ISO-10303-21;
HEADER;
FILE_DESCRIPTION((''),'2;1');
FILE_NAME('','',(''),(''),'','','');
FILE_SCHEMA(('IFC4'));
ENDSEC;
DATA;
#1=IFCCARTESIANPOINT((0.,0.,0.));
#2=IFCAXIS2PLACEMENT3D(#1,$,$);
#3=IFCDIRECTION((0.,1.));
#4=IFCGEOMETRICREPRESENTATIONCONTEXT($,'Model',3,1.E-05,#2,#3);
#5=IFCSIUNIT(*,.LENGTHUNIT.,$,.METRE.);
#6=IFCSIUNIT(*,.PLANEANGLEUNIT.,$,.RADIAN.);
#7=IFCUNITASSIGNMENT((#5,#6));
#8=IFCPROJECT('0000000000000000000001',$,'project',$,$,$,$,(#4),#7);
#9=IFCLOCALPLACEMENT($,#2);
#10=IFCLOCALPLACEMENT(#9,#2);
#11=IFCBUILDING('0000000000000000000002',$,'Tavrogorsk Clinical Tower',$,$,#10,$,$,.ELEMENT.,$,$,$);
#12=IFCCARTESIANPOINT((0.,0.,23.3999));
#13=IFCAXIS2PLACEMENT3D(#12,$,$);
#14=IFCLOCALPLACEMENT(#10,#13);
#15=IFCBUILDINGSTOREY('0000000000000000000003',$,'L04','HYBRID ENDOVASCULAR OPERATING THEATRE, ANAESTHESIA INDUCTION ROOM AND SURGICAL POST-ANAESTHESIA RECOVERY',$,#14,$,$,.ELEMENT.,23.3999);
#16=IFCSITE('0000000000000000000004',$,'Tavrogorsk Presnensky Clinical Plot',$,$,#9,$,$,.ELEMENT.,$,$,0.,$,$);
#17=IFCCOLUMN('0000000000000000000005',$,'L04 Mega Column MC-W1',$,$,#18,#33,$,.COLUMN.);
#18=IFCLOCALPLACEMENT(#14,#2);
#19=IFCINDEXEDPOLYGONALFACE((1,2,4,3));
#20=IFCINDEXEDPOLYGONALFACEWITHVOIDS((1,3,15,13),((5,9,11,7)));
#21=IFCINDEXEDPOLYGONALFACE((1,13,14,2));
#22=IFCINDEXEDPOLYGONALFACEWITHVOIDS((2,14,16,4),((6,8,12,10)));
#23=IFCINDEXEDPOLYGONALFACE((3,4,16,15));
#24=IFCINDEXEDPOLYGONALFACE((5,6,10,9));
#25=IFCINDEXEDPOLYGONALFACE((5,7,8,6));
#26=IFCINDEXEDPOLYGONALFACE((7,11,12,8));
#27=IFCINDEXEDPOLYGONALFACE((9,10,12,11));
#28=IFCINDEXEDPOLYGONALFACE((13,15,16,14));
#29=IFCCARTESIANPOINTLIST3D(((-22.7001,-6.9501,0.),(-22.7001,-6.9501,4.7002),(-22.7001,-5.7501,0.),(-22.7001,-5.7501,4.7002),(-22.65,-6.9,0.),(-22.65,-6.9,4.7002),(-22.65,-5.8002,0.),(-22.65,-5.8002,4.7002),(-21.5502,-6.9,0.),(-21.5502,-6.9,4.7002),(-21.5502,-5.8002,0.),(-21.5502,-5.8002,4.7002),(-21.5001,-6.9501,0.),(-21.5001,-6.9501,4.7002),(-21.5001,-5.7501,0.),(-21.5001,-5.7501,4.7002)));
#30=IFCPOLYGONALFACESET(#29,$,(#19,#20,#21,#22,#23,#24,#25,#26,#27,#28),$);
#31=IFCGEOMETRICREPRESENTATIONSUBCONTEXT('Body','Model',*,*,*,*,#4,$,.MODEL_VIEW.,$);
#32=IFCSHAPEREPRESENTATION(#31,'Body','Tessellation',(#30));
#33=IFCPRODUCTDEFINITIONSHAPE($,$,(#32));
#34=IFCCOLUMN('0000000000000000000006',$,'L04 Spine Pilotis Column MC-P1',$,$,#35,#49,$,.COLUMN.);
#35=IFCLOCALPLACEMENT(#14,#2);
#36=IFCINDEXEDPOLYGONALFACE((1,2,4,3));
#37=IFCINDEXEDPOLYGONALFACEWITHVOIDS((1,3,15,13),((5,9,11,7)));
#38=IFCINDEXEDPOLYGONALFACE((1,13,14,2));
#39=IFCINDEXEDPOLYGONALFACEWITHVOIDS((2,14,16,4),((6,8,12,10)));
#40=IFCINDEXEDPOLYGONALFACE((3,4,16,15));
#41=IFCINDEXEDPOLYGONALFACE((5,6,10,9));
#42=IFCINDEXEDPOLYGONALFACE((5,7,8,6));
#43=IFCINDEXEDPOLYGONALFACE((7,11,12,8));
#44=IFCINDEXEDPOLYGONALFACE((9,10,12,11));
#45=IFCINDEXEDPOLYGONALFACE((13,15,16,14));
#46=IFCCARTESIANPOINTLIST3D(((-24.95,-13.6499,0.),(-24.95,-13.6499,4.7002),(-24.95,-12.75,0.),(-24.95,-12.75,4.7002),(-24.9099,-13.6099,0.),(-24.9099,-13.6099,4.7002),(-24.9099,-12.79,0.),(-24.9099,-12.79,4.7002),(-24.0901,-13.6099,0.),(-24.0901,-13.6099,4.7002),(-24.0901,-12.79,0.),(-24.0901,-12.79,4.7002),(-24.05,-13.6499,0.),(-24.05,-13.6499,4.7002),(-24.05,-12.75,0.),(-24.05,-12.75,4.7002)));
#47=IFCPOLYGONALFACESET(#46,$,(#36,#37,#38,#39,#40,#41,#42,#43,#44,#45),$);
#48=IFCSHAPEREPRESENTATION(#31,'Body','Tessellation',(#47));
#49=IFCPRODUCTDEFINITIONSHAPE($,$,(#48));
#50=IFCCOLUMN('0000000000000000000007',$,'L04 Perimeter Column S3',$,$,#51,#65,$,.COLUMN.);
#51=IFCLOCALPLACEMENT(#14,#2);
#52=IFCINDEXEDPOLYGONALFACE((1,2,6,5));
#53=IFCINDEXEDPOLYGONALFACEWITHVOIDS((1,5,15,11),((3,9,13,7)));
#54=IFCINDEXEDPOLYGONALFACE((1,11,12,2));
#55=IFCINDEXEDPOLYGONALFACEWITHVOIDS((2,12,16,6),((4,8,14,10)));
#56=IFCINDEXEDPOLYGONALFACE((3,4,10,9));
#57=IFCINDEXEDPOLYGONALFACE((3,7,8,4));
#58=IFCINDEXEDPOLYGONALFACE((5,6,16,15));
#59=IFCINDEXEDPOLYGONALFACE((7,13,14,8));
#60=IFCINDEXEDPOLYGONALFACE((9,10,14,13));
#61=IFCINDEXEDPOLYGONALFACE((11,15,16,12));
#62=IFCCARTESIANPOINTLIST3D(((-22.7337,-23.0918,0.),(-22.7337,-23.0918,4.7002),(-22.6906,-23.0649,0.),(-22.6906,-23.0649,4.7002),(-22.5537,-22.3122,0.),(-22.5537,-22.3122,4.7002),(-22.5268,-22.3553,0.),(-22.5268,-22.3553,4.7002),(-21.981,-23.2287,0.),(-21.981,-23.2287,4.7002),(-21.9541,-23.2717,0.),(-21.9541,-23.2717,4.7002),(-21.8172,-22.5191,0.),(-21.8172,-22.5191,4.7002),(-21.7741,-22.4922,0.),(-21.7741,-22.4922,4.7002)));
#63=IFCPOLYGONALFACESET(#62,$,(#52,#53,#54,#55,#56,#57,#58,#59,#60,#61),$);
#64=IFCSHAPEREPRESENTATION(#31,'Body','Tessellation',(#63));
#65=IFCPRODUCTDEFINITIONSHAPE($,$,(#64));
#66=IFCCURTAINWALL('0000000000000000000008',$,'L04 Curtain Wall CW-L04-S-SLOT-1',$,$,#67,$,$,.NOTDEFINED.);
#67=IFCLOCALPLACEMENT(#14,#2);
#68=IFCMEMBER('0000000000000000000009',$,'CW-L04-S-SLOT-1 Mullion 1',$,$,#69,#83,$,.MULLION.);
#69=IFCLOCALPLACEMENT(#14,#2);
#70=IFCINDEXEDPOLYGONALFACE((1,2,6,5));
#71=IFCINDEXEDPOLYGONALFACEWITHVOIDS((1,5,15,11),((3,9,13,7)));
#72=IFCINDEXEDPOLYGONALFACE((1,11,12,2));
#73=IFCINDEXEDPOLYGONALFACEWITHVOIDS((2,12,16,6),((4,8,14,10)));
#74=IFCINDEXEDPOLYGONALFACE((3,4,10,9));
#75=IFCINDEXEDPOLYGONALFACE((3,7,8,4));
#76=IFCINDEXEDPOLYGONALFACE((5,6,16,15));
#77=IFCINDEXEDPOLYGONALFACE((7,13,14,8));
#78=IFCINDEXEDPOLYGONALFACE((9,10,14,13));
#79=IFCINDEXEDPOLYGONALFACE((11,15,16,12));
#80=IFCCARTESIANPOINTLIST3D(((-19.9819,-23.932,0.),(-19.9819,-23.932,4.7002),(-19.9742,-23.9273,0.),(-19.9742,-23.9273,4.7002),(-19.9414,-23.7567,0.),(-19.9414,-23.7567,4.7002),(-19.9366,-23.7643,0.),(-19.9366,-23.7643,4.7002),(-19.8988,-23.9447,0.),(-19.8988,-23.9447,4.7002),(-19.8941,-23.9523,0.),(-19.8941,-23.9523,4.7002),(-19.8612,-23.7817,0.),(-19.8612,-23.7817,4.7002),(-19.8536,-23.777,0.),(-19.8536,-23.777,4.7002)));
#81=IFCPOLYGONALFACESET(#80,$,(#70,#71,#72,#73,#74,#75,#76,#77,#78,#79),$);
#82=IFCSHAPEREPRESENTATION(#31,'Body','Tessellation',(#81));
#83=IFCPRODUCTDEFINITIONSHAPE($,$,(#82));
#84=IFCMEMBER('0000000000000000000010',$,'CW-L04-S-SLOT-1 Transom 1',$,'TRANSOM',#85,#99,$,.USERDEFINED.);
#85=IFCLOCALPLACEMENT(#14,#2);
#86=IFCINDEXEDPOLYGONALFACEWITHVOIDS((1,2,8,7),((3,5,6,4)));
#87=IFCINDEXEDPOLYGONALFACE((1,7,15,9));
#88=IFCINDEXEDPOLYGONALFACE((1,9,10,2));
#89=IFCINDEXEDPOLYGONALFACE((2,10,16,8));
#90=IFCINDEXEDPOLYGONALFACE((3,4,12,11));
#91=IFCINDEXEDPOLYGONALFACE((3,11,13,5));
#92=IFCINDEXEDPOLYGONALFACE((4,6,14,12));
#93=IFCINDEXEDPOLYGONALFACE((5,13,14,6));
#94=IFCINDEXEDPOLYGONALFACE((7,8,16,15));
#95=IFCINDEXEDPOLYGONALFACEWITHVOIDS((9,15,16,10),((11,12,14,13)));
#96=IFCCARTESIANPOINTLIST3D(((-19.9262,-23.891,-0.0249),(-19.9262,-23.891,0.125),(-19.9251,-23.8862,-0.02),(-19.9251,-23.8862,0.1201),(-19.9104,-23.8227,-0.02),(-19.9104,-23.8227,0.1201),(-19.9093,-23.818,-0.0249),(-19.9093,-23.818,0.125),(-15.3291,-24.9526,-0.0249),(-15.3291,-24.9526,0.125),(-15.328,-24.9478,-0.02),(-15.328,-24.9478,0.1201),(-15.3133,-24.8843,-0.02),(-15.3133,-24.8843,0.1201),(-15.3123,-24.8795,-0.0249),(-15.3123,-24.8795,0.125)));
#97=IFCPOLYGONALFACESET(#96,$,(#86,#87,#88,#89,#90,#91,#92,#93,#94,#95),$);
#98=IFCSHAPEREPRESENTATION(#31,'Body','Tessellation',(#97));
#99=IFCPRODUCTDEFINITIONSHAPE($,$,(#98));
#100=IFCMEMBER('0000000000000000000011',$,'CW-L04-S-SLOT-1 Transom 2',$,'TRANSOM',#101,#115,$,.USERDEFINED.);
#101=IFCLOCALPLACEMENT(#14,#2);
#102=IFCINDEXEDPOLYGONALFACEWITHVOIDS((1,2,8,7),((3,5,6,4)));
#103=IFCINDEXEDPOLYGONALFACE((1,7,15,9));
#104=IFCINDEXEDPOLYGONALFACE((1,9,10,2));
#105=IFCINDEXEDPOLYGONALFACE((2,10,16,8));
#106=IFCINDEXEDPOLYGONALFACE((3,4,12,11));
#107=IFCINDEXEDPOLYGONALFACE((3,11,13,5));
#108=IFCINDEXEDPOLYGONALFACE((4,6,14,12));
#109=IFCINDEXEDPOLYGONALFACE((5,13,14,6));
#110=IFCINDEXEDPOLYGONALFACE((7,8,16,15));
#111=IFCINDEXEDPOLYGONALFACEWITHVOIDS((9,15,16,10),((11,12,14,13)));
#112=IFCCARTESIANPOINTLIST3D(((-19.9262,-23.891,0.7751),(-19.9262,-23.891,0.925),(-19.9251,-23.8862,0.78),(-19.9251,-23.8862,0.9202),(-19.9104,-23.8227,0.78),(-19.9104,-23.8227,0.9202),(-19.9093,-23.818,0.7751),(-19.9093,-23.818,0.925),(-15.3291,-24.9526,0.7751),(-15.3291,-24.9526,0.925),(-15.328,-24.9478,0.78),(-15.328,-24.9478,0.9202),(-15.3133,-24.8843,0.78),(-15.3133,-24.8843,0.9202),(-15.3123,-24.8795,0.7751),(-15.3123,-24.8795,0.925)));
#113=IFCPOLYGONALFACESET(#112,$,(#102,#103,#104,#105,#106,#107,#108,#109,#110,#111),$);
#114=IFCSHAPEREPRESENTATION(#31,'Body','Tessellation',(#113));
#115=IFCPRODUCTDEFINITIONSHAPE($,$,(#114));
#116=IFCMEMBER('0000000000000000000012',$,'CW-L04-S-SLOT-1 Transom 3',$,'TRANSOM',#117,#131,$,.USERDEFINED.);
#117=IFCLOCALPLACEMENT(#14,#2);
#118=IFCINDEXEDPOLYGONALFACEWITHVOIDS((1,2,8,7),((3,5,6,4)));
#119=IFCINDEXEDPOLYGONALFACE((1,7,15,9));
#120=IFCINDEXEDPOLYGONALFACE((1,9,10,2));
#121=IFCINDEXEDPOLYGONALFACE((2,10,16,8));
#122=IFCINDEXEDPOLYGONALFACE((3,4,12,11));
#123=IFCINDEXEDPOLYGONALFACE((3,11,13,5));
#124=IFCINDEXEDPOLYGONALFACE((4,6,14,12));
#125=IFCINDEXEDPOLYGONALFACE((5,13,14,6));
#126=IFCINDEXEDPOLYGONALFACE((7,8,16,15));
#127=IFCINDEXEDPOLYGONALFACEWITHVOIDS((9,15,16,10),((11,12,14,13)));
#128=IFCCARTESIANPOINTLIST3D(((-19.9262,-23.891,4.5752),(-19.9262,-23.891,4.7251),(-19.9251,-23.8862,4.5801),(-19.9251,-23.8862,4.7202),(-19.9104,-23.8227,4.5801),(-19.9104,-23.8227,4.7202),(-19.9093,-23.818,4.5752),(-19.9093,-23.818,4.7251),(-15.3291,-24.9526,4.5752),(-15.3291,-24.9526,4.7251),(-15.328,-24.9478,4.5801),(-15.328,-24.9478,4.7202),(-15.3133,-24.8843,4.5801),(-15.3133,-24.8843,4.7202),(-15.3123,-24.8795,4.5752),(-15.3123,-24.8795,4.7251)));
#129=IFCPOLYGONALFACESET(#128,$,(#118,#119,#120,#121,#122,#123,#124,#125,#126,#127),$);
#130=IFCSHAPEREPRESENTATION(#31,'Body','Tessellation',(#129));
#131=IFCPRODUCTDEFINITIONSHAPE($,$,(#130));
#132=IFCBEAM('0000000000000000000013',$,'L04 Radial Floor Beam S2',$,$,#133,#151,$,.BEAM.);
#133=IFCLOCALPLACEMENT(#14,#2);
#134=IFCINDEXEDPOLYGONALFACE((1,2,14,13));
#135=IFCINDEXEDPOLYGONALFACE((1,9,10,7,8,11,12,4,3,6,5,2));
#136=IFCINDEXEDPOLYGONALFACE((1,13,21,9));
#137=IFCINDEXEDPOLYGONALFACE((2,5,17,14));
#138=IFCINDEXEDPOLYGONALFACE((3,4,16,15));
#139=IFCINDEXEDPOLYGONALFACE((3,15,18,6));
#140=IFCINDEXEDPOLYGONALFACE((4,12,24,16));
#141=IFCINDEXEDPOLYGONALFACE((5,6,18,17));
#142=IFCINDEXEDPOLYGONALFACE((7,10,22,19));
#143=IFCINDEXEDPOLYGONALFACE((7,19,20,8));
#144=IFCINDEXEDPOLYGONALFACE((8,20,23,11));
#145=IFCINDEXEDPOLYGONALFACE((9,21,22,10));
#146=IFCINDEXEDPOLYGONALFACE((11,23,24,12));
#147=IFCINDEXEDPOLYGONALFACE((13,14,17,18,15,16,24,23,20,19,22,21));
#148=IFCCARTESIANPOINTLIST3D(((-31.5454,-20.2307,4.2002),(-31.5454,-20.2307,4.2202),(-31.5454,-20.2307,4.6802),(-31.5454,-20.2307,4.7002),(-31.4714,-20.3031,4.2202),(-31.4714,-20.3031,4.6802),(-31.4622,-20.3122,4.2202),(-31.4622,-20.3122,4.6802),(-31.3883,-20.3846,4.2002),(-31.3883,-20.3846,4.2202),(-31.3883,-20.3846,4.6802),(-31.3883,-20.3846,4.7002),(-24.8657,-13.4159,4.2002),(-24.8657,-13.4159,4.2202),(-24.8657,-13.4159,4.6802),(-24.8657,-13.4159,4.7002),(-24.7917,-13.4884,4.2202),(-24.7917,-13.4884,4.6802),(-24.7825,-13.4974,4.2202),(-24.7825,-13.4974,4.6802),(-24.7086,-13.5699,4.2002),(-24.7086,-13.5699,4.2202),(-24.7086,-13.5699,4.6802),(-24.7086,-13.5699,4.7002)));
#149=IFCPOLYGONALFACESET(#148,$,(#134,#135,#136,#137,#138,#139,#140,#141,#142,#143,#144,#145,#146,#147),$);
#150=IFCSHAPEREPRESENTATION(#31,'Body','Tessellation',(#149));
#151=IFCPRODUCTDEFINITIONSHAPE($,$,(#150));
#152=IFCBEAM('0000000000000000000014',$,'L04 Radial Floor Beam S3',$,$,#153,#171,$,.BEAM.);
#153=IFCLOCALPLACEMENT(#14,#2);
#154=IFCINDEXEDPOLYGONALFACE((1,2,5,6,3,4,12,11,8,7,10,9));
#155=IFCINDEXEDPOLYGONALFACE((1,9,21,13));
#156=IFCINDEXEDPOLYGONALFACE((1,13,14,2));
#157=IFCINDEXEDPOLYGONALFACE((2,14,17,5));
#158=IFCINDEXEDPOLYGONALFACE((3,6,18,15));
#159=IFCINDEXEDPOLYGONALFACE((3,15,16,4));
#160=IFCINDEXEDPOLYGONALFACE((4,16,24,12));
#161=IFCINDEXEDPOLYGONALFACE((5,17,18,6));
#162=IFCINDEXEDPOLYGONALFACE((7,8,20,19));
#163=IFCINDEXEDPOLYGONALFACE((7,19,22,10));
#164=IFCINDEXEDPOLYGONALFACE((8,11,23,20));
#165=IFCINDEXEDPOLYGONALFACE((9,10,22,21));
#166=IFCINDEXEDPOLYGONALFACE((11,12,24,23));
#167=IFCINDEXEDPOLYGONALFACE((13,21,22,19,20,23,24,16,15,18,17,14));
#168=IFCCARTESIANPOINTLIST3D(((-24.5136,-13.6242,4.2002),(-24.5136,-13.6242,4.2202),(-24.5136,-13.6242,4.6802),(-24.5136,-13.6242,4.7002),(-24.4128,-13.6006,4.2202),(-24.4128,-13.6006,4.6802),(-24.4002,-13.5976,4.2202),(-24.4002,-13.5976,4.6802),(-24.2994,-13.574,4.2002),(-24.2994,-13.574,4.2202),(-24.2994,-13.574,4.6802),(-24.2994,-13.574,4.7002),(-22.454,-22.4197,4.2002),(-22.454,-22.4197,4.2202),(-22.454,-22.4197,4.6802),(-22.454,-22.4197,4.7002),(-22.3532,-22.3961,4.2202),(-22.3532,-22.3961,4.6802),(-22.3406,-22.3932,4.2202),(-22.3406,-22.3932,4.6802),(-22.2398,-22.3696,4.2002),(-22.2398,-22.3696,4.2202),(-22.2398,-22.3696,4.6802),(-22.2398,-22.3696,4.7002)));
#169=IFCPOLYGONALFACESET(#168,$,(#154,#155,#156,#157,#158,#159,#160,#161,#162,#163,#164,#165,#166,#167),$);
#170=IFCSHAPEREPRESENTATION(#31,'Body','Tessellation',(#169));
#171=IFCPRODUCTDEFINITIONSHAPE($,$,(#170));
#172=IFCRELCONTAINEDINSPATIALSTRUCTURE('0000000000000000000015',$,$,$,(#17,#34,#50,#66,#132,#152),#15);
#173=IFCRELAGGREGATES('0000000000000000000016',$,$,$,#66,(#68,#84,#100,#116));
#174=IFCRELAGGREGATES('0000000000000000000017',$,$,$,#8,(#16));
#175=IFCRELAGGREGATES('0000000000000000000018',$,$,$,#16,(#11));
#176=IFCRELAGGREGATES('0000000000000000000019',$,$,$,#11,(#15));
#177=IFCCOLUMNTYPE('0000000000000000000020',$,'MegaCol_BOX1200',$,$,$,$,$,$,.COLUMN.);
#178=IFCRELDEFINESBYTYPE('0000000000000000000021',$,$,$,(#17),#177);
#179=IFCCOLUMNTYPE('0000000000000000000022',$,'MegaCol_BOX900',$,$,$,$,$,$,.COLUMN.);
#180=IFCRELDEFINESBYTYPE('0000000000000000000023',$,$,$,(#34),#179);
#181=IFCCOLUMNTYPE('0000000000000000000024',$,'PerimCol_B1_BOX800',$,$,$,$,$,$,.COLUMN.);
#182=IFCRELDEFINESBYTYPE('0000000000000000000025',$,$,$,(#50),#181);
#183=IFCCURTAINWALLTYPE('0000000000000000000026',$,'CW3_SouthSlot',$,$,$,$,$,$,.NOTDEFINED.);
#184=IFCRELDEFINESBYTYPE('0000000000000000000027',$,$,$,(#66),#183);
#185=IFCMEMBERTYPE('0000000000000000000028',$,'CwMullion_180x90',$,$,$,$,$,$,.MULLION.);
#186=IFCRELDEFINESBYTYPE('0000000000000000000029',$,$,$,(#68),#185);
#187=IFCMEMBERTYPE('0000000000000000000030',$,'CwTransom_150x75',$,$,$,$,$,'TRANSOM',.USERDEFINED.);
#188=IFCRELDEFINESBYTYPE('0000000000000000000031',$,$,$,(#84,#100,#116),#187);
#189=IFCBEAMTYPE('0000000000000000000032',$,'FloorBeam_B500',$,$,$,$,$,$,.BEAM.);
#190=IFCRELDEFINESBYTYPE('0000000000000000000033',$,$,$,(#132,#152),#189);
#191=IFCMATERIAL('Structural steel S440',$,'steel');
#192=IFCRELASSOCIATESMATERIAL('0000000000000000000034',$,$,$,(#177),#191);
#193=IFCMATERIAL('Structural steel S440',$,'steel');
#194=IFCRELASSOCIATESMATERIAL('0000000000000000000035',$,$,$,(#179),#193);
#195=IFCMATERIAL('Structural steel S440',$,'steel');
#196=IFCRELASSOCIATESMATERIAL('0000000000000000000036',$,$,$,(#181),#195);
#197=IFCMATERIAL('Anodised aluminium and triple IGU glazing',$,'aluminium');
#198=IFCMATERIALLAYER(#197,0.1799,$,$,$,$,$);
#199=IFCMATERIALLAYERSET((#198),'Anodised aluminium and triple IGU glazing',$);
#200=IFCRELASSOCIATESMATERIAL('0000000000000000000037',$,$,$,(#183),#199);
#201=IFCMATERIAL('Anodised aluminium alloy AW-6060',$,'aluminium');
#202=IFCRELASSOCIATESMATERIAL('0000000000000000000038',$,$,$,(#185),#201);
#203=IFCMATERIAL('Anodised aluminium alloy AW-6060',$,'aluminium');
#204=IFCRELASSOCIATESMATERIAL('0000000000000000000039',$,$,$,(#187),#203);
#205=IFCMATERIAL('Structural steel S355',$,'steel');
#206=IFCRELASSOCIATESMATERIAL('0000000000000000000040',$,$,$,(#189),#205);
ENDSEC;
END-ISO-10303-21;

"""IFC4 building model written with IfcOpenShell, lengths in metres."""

from ifc_helpers import new_model, si_unit, direction, frame, origin, origin_2d, place, context, subcontext, project, spatial, hollow_rectangle, i_section, extrude, material, layer, layer_set, material_profile, profile_set, type_object, element, aggregate, save


model = new_model("IFC4")

# Units and contexts
model_context = context("Model", 3, precision=1e-05, world=origin(), true_north=direction((0.0, 1.0)))
body_context = subcontext(model_context, "Body", "Model", "MODEL_VIEW")
ifc_project = project(units=[si_unit("LENGTHUNIT", "METRE"), si_unit("PLANEANGLEUNIT", "RADIAN")], contexts=[model_context])

# Site, building, storey
site_placement = place(None, origin())
site = spatial("IfcSite", under=ifc_project, at=site_placement, Name="Tavrogorsk Presnensky Clinical Plot", CompositionType="ELEMENT", RefElevation=0.0)
building_placement = place(site_placement, origin())
building = spatial("IfcBuilding", under=site, at=building_placement, Name="Tavrogorsk Clinical Tower", CompositionType="ELEMENT")
storey_placement = place(building_placement, frame((0.0, 0.0, 23.3999)))
storey = spatial("IfcBuildingStorey", under=building, at=storey_placement, Name="L04", Description="HYBRID ENDOVASCULAR OPERATING THEATRE, ANAESTHESIA INDUCTION ROOM AND SURGICAL POST-ANAESTHESIA RECOVERY", CompositionType="ELEMENT", Elevation=23.3999)

# Columns
ifc_material_1 = material(Name="Structural steel S440", Category="steel")
ifc_material_profile_1 = material_profile(ifc_material_1, hollow_rectangle(XDim=1.2, YDim=1.2, WallThickness=0.05, at=origin_2d()), Name="BOX-1200x1200x50")
ifc_profile_set_1 = profile_set([ifc_material_profile_1], Name="Structural steel S440")
column_type_1 = type_object("IfcColumnType", Name="MegaCol_BOX1200", PredefinedType="COLUMN", material=ifc_profile_set_1)
column_1_placement = place(storey_placement, frame((-22.1001, -6.3501, 0.0), z_axis=(0.0, 0.0, 1.0), x_axis=(1.0, 0.0, 0.0)))
element("IfcColumn", 1, at=column_1_placement, inside=storey, type_object=column_type_1, Name="L04 Mega Column MC-W1", PredefinedType="COLUMN", context=body_context, shape_type="SweptSolid", body=[
    extrude(hollow_rectangle(XDim=1.2, YDim=1.2, WallThickness=0.05, at=origin_2d()), origin(), (0.0, 0.0, 1.0), 4.7002),
])
ifc_material_2 = material(Name="Structural steel S440", Category="steel")
ifc_material_profile_2 = material_profile(ifc_material_2, hollow_rectangle(XDim=0.8999, YDim=0.8999, WallThickness=0.04, at=origin_2d()), Name="BOX-900x900x40")
ifc_profile_set_2 = profile_set([ifc_material_profile_2], Name="Structural steel S440")
column_type_2 = type_object("IfcColumnType", Name="MegaCol_BOX900", PredefinedType="COLUMN", material=ifc_profile_set_2)
column_2_placement = place(storey_placement, frame((-24.5, -13.2, 0.0), z_axis=(0.0, 0.0, 1.0), x_axis=(1.0, 0.0, 0.0)))
element("IfcColumn", 2, at=column_2_placement, inside=storey, type_object=column_type_2, Name="L04 Spine Pilotis Column MC-P1", PredefinedType="COLUMN", context=body_context, shape_type="SweptSolid", body=[
    extrude(hollow_rectangle(XDim=0.8999, YDim=0.8999, WallThickness=0.04, at=origin_2d()), origin(), (0.0, 0.0, 1.0), 4.7002),
])
ifc_material_3 = material(Name="Structural steel S440", Category="steel")
ifc_material_profile_3 = material_profile(ifc_material_3, hollow_rectangle(XDim=0.8, YDim=0.8, WallThickness=0.0359, at=origin_2d()), Name="BOX-800x800x36")
ifc_profile_set_3 = profile_set([ifc_material_profile_3], Name="Structural steel S440")
column_type_3 = type_object("IfcColumnType", Name="PerimCol_B1_BOX800", PredefinedType="COLUMN", material=ifc_profile_set_3)
column_3_placement = place(storey_placement, frame((-22.2539, -22.792, 0.0), z_axis=(0.0, 0.0, 1.0), x_axis=(0.97437, -0.224951, 0.0)))
element("IfcColumn", 3, at=column_3_placement, inside=storey, type_object=column_type_3, Name="L04 Perimeter Column S3", PredefinedType="COLUMN", context=body_context, shape_type="SweptSolid", body=[
    extrude(hollow_rectangle(XDim=0.8, YDim=0.8, WallThickness=0.0359, at=origin_2d()), origin(), (0.0, 0.0, 1.0), 4.7002),
])

# Curtain wall, members
ifc_material_4 = material(Name="Anodised aluminium and triple IGU glazing", Category="aluminium")
ifc_layer_1 = layer(ifc_material_4, 0.1799)
ifc_layer_set_1 = layer_set([ifc_layer_1], Name="Anodised aluminium and triple IGU glazing")
curtain_wall_type = type_object("IfcCurtainWallType", Name="CW3_SouthSlot", PredefinedType="NOTDEFINED", material=ifc_layer_set_1)
curtain_wall_placement = place(storey_placement, origin())
curtain_wall = element("IfcCurtainWall", 4, at=curtain_wall_placement, inside=storey, type_object=curtain_wall_type, Name="L04 Curtain Wall CW-L04-S-SLOT-1", PredefinedType="NOTDEFINED")
ifc_material_5 = material(Name="Anodised aluminium alloy AW-6060", Category="aluminium")
ifc_material_profile_4 = material_profile(ifc_material_5, hollow_rectangle(XDim=0.0901, YDim=0.1799, WallThickness=0.0063, at=origin_2d()), Name="RHS-180x90x6.3")
ifc_profile_set_4 = profile_set([ifc_material_profile_4], Name="Anodised aluminium alloy AW-6060")
member_type_1 = type_object("IfcMemberType", Name="CwMullion_180x90", PredefinedType="MULLION", material=ifc_profile_set_4)
member_1_placement = place(storey_placement, frame((-19.9177, -23.8545, 0.0), z_axis=(0.0, 0.0, 1.0), x_axis=(0.97437, -0.224951, 0.0)))
member_1 = element("IfcMember", 5, at=member_1_placement, type_object=member_type_1, Name="CW-L04-S-SLOT-1 Mullion 1", PredefinedType="MULLION", context=body_context, shape_type="SweptSolid", body=[
    extrude(hollow_rectangle(XDim=0.0901, YDim=0.1799, WallThickness=0.0063, at=origin_2d()), origin(), (0.0, 0.0, 1.0), 4.7002),
])
ifc_material_6 = material(Name="Anodised aluminium alloy AW-6060", Category="aluminium")
ifc_material_profile_5 = material_profile(ifc_material_6, hollow_rectangle(XDim=0.075, YDim=0.1499, WallThickness=0.0049, at=origin_2d()), Name="RHS-150x75x5")
ifc_profile_set_5 = profile_set([ifc_material_profile_5], Name="Anodised aluminium alloy AW-6060")
member_type_2 = type_object("IfcMemberType", Name="CwTransom_150x75", ElementType="TRANSOM", PredefinedType="USERDEFINED", material=ifc_profile_set_5)
member_2_placement = place(storey_placement, frame((-19.9177, -23.8545, 0.05), z_axis=(0.974359, -0.224999, 0.0), x_axis=(0.224999, 0.974359, 0.0)))
member_2 = element("IfcMember", 6, at=member_2_placement, type_object=member_type_2, Name="CW-L04-S-SLOT-1 Transom 1", ObjectType="TRANSOM", PredefinedType="USERDEFINED", context=body_context, shape_type="SweptSolid", body=[
    extrude(hollow_rectangle(XDim=0.075, YDim=0.1499, WallThickness=0.0049, at=origin_2d()), origin(), (0.0, 0.0, 1.0), 4.718),
])
member_3_placement = place(storey_placement, frame((-19.9177, -23.8545, 0.8501), z_axis=(0.974359, -0.224999, 0.0), x_axis=(0.224999, 0.974359, 0.0)))
member_3 = element("IfcMember", 7, at=member_3_placement, type_object=member_type_2, Name="CW-L04-S-SLOT-1 Transom 2", ObjectType="TRANSOM", PredefinedType="USERDEFINED", context=body_context, shape_type="SweptSolid", body=[
    extrude(hollow_rectangle(XDim=0.075, YDim=0.1499, WallThickness=0.0049, at=origin_2d()), origin(), (0.0, 0.0, 1.0), 4.718),
])
member_4_placement = place(storey_placement, frame((-19.9177, -23.8545, 4.6501), z_axis=(0.974359, -0.224999, 0.0), x_axis=(0.224999, 0.974359, 0.0)))
member_4 = element("IfcMember", 8, at=member_4_placement, type_object=member_type_2, Name="CW-L04-S-SLOT-1 Transom 3", ObjectType="TRANSOM", PredefinedType="USERDEFINED", context=body_context, shape_type="SweptSolid", body=[
    extrude(hollow_rectangle(XDim=0.075, YDim=0.1499, WallThickness=0.0049, at=origin_2d()), origin(), (0.0, 0.0, 1.0), 4.718),
])

# Beams
ifc_material_7 = material(Name="Structural steel S355", Category="steel")
ifc_material_profile_6 = material_profile(ifc_material_7, i_section(OverallWidth=0.22, OverallDepth=0.5, WebThickness=0.0129, FlangeThickness=0.02, at=origin_2d()), Name="B-500x220x13x20")
ifc_profile_set_6 = profile_set([ifc_material_profile_6], Name="Structural steel S355")
beam_type_1 = type_object("IfcBeamType", Name="FloorBeam_B500", PredefinedType="BEAM", material=ifc_profile_set_6)
beam_1_placement = place(storey_placement, frame((-24.7871, -13.4929, 4.4502), z_axis=(-0.699997, -0.714146, 0.0), x_axis=(0.714146, -0.699997, 0.0)))
element("IfcBeam", 9, at=beam_1_placement, inside=storey, type_object=beam_type_1, Name="L04 Radial Floor Beam S2", PredefinedType="BEAM", context=body_context, shape_type="SweptSolid", body=[
    extrude(i_section(OverallWidth=0.22, OverallDepth=0.5, WebThickness=0.0129, FlangeThickness=0.02, at=origin_2d()), origin(), (0.0, 0.0, 1.0), 9.5425),
])
beam_2_placement = place(storey_placement, frame((-24.4065, -13.5991, 4.4502), z_axis=(0.227997, -0.973662, 0.0), x_axis=(0.973662, 0.227997, 0.0)))
element("IfcBeam", 10, at=beam_2_placement, inside=storey, type_object=beam_type_1, Name="L04 Radial Floor Beam S3", PredefinedType="BEAM", context=body_context, shape_type="SweptSolid", body=[
    extrude(i_section(OverallWidth=0.22, OverallDepth=0.5, WebThickness=0.0129, FlangeThickness=0.02, at=origin_2d()), origin(), (0.0, 0.0, 1.0), 9.0334),
])

aggregate(curtain_wall, [member_1, member_2, member_3, member_4])

save(model, "model.ifc")
